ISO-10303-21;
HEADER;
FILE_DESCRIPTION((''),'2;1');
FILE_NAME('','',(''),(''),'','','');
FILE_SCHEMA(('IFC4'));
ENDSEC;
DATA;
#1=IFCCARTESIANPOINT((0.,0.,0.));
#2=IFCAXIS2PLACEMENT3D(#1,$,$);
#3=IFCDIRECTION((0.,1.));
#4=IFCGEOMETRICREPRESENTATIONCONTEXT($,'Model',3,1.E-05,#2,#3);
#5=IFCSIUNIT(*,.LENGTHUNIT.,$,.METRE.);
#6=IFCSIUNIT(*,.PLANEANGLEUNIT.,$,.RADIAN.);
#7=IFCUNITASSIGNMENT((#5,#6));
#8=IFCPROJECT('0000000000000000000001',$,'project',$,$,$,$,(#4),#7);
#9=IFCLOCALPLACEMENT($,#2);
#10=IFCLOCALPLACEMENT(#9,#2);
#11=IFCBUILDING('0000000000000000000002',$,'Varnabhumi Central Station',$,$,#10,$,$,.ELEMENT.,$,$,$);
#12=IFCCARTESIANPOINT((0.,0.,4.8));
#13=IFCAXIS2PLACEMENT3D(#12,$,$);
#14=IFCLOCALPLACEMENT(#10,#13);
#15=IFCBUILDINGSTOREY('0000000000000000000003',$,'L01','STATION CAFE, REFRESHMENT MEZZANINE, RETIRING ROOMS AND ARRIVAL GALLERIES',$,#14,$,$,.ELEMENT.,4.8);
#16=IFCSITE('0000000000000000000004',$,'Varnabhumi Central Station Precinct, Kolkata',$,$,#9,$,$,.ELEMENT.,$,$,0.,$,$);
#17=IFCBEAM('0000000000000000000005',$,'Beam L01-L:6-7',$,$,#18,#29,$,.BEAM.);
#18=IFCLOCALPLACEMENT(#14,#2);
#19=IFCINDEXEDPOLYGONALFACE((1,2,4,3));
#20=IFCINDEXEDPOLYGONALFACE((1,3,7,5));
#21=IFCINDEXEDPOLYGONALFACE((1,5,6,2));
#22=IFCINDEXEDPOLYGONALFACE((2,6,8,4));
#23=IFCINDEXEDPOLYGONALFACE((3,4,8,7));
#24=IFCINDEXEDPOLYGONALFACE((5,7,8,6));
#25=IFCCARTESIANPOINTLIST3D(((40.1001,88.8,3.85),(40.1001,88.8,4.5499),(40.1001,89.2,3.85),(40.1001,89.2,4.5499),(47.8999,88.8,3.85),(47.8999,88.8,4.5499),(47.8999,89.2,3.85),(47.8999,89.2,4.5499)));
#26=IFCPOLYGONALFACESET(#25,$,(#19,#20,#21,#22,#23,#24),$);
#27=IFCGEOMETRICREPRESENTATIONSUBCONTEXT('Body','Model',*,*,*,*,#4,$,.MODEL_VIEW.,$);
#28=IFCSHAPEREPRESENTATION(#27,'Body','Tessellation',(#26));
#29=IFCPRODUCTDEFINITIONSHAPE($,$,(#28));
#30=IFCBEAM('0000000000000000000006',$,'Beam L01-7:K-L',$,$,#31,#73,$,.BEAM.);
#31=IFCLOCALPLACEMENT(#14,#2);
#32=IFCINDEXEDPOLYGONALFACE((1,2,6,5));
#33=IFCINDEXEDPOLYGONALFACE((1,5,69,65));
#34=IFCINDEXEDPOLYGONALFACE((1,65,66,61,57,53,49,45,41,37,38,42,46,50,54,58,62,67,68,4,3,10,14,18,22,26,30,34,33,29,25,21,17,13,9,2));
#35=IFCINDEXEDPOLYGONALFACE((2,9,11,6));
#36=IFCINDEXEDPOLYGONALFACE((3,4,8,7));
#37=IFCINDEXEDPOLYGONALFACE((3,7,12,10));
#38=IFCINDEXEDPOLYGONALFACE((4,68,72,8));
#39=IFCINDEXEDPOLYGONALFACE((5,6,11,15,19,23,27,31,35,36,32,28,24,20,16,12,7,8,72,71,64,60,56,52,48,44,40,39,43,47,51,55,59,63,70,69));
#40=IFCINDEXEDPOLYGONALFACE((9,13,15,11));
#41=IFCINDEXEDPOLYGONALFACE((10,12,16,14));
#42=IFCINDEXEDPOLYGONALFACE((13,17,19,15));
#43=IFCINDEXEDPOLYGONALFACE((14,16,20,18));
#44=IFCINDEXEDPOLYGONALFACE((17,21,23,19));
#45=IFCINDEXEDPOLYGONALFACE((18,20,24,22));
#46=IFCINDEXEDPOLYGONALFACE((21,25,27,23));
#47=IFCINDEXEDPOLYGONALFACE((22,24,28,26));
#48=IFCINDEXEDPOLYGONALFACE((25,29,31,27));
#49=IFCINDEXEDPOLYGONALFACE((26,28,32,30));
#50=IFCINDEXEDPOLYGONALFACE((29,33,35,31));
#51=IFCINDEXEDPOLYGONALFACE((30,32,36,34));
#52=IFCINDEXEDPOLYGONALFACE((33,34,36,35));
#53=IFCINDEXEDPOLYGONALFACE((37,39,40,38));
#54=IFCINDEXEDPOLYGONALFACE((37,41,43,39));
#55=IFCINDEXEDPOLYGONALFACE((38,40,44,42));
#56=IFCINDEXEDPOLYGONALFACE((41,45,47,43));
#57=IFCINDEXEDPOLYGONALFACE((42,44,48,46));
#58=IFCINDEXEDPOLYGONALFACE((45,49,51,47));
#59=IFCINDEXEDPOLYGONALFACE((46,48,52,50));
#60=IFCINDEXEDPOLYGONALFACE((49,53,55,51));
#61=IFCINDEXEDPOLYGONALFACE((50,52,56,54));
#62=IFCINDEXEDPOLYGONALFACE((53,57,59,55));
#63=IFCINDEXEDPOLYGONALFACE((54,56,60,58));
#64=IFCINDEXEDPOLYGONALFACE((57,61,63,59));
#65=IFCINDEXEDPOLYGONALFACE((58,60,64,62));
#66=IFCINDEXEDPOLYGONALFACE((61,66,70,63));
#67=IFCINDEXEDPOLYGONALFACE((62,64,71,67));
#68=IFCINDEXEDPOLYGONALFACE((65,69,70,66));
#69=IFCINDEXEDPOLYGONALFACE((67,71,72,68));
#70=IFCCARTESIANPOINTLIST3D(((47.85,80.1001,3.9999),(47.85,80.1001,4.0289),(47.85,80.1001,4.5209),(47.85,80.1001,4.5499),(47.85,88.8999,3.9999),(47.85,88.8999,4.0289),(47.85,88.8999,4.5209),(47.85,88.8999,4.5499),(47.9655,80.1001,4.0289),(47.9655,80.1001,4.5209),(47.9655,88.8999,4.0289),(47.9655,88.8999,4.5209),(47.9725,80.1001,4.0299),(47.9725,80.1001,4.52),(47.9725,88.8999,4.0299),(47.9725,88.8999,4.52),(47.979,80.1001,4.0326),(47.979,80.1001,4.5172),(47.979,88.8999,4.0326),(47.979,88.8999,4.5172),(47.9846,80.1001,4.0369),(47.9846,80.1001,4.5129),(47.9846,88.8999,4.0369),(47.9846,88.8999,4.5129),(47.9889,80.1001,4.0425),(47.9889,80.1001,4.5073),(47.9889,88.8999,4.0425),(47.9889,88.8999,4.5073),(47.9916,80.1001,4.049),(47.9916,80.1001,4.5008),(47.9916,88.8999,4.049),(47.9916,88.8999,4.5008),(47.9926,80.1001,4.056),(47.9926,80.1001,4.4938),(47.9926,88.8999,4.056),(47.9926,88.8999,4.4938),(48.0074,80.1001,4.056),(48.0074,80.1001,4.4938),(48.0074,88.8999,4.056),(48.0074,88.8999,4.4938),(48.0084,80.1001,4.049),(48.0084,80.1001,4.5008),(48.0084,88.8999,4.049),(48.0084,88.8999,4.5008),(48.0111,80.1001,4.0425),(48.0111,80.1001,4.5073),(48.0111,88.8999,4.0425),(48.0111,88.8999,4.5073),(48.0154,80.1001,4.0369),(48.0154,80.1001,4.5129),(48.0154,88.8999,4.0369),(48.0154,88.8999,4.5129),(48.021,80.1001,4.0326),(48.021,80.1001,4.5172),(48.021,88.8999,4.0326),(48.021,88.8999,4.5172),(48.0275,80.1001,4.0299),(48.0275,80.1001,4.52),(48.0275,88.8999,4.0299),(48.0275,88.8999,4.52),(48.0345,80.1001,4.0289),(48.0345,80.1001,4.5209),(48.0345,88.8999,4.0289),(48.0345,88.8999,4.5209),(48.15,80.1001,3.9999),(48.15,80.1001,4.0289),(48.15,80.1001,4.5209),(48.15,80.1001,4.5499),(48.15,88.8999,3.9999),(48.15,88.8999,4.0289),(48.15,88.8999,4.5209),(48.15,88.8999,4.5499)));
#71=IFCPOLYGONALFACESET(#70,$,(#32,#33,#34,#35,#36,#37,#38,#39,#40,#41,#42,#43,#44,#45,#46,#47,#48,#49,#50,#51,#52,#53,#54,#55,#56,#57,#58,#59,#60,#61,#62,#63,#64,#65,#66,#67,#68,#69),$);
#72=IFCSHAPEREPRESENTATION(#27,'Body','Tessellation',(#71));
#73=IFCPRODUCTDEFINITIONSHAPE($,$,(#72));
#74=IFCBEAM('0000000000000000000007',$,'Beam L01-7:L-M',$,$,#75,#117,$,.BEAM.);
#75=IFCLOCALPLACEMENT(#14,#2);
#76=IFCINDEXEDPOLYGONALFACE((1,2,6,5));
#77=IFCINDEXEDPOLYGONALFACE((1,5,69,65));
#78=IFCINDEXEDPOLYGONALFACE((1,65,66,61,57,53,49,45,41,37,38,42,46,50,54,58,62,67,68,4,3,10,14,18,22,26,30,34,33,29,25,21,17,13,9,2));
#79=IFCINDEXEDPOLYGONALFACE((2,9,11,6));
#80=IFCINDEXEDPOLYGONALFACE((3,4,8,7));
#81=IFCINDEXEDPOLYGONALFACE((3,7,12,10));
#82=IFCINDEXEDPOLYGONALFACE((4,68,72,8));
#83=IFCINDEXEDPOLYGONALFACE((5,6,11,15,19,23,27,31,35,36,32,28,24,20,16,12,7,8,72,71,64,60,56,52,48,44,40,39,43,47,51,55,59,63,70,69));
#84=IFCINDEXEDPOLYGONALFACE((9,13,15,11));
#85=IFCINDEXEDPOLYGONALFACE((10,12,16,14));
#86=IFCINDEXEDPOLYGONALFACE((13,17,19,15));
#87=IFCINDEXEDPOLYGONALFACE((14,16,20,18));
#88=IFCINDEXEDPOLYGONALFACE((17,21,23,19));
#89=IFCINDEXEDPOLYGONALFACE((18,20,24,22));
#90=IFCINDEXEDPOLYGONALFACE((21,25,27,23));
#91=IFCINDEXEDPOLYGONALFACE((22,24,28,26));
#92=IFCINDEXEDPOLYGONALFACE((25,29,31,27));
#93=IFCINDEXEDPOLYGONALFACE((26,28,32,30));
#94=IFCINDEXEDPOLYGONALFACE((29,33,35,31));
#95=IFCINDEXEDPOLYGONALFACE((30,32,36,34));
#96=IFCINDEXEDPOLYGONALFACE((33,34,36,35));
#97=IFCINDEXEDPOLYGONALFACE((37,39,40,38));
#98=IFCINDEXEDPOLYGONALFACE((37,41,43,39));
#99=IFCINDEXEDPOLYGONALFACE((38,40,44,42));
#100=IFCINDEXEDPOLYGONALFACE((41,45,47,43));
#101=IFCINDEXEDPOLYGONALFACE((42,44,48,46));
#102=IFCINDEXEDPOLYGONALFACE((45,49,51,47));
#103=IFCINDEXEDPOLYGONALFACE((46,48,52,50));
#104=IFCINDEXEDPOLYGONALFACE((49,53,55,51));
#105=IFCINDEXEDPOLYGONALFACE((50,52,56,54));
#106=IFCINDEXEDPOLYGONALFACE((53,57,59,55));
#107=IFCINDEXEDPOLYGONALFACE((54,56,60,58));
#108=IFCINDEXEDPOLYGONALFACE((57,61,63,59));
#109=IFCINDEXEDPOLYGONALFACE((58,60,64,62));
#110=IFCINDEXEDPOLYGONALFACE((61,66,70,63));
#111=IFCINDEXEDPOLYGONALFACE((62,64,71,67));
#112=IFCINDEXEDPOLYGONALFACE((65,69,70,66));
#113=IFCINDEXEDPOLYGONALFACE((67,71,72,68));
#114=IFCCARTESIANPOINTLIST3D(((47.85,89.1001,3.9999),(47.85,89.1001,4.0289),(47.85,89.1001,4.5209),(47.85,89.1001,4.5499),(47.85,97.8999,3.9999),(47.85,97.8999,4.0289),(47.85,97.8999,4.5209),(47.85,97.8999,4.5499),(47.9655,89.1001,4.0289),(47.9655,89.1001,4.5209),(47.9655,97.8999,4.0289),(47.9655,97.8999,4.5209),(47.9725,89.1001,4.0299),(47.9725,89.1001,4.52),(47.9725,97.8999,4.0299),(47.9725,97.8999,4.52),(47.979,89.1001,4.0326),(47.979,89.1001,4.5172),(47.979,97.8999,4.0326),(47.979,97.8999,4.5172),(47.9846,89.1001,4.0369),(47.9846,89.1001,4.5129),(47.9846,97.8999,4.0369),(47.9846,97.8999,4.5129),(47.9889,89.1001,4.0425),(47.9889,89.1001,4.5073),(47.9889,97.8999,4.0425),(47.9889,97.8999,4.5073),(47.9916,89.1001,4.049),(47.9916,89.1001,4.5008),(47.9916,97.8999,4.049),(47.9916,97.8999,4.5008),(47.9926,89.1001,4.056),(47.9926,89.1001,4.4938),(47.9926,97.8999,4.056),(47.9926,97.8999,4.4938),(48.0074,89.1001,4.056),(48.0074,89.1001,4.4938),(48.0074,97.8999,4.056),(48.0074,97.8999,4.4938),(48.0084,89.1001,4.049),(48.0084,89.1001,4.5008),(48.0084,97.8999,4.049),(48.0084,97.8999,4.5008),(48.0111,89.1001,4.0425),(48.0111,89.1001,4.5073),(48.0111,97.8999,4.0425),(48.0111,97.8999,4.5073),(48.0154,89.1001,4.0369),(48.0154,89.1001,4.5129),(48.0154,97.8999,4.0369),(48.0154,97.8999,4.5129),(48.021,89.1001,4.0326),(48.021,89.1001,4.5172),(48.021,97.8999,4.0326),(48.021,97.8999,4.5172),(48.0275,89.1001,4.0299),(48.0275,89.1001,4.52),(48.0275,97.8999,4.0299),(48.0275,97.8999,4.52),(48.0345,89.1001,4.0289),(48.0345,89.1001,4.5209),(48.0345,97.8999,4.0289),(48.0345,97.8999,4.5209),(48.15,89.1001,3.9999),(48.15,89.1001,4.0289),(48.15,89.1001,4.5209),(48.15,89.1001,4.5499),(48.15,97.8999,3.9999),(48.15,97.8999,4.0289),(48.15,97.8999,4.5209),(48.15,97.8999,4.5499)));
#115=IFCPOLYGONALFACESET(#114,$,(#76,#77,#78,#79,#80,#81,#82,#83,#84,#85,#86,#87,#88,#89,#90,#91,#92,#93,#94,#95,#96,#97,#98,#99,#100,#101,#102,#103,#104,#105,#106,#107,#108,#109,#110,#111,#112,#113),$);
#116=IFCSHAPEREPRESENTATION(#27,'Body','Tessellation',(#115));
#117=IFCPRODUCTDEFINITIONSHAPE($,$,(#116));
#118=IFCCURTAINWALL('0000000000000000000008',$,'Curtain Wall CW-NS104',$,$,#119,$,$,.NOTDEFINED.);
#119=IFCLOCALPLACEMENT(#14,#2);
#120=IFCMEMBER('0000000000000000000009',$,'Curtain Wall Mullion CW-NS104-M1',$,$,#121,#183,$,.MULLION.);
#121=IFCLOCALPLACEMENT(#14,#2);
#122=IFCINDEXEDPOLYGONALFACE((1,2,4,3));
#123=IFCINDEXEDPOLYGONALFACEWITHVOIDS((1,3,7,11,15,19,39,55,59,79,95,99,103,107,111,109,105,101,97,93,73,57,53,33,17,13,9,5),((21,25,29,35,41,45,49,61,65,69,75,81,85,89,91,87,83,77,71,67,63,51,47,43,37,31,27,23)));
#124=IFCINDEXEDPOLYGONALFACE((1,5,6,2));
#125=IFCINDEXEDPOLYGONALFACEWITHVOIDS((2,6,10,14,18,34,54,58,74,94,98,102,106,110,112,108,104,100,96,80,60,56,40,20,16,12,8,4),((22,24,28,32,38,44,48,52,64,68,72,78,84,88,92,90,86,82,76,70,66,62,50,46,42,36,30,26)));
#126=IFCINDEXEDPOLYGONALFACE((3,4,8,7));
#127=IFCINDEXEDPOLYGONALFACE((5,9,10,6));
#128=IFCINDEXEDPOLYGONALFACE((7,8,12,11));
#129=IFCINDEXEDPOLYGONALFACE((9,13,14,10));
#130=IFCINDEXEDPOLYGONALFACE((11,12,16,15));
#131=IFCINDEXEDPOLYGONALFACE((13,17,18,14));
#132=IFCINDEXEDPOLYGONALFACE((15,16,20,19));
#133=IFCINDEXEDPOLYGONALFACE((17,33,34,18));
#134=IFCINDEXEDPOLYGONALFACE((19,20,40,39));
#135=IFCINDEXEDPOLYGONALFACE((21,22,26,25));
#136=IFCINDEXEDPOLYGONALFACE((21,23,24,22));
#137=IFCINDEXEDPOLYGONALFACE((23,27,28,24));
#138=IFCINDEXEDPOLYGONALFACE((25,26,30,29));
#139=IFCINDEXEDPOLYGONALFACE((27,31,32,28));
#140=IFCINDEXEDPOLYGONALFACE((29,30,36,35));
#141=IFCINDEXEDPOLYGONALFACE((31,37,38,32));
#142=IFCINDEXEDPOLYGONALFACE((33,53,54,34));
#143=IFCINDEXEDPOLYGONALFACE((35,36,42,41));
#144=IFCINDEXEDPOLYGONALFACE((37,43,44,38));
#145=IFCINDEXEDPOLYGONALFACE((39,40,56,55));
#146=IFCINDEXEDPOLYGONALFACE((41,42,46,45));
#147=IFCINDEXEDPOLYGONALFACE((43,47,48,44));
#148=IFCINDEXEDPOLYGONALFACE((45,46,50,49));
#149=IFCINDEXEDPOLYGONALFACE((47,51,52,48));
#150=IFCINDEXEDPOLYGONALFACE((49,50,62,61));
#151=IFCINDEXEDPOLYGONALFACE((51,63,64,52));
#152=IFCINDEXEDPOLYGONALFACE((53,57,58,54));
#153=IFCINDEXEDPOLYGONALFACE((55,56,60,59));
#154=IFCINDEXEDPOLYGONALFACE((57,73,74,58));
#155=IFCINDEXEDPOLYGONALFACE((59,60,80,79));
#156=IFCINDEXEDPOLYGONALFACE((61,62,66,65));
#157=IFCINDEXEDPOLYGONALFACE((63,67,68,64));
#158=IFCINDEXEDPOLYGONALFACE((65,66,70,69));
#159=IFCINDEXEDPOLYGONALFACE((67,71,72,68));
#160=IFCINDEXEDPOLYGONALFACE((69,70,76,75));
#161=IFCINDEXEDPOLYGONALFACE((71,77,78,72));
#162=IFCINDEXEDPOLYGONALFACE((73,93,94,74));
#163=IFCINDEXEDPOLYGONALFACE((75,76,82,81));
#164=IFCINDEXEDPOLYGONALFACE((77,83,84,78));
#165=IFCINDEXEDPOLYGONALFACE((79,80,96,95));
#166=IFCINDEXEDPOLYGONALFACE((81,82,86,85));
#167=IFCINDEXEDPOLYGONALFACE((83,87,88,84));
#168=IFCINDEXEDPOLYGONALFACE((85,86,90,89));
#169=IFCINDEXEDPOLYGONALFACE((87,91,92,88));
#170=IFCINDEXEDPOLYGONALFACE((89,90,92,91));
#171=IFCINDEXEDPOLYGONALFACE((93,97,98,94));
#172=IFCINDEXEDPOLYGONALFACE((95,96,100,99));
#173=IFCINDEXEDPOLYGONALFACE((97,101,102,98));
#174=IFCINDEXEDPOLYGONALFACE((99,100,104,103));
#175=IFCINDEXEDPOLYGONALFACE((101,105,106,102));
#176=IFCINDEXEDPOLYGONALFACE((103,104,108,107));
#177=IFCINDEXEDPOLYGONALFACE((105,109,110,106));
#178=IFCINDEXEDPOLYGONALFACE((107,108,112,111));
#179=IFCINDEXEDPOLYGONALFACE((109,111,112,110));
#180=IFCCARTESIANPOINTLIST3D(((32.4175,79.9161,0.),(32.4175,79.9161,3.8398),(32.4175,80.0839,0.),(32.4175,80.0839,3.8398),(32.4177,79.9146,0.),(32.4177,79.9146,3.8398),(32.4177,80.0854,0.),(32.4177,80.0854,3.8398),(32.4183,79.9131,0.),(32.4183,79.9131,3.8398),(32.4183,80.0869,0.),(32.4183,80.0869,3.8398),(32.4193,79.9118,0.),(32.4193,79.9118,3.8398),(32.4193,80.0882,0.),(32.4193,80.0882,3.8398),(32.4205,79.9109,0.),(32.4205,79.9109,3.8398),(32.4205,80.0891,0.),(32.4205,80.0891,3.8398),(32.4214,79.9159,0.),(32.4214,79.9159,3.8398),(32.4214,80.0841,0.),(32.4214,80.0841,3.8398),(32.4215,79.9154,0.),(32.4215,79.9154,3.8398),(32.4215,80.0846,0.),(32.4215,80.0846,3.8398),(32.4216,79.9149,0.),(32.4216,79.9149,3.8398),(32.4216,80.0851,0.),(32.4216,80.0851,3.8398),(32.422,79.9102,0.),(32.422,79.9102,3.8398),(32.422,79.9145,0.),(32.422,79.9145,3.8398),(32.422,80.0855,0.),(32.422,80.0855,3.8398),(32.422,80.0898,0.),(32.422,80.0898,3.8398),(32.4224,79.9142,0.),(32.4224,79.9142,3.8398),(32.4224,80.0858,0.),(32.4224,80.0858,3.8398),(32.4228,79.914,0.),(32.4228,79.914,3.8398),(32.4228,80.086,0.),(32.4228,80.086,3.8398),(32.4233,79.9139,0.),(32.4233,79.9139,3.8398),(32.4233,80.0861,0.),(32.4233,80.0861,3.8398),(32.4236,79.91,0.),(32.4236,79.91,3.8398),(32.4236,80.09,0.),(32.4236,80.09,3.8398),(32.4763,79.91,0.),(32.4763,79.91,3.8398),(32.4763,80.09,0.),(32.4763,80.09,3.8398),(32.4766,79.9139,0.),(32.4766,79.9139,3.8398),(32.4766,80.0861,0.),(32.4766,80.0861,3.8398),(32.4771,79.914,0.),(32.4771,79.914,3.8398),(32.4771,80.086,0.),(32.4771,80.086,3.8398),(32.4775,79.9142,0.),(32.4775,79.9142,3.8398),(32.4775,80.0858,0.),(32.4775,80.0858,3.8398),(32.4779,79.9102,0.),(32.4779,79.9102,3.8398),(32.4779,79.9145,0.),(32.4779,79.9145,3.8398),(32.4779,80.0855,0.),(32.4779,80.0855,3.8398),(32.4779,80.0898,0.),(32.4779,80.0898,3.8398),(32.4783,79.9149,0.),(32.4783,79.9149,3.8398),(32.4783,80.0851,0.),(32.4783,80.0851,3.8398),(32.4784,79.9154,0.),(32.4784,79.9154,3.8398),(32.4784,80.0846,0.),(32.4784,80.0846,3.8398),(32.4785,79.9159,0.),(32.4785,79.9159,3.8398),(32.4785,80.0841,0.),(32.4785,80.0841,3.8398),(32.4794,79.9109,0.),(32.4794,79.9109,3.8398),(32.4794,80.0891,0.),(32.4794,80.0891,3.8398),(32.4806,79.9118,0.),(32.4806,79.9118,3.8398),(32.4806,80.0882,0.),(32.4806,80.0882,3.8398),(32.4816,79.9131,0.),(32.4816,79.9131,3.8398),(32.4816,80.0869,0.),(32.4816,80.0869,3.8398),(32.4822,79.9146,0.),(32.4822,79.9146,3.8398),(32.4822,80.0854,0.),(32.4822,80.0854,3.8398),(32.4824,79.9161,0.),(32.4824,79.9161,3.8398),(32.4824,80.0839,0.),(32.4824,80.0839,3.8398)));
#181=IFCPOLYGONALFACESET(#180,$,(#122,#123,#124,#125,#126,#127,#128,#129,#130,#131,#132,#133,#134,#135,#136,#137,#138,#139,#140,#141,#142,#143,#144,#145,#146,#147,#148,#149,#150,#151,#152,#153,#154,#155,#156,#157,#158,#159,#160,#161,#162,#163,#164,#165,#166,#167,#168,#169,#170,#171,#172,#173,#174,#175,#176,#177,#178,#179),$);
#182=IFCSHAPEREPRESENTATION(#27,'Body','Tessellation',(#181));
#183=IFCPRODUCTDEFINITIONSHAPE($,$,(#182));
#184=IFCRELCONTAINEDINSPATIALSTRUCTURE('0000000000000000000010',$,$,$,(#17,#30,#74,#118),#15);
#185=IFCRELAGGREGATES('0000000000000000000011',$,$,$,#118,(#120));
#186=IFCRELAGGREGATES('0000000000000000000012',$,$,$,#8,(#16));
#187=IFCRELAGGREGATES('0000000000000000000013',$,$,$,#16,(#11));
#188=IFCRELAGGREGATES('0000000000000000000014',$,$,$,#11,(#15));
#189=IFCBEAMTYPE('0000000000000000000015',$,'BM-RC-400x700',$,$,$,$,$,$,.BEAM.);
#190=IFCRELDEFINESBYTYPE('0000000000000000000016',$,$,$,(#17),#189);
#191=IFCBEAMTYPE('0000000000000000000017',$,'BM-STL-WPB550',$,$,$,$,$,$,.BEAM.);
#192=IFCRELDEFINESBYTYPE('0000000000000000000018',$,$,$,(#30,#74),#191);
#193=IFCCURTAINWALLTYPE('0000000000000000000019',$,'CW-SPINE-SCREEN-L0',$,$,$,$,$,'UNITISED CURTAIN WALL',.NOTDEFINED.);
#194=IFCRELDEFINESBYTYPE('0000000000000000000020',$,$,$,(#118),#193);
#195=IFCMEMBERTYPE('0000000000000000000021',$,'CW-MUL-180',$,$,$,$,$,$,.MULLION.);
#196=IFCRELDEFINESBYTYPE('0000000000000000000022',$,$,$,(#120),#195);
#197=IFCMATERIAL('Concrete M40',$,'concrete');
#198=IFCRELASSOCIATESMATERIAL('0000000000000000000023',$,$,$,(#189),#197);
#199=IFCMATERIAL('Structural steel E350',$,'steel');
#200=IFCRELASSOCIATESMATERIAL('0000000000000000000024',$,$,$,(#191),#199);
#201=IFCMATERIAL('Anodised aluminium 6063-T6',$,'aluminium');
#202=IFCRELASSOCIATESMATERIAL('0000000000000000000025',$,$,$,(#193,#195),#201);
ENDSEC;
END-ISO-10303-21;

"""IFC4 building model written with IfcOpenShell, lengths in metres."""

from ifc_helpers import new_model, si_unit, direction, frame, origin, origin_2d, place, context, subcontext, project, spatial, rectangle, hollow_rectangle, i_section, extrude, material, material_profile, profile_set, type_object, element, aggregate, save


model = new_model("IFC4")

# Units and contexts
model_context = context("Model", 3, precision=1e-05, world=origin(), true_north=direction((0.0, 1.0)))
body_context = subcontext(model_context, "Body", "Model", "MODEL_VIEW")
ifc_project = project(units=[si_unit("LENGTHUNIT", "METRE"), si_unit("PLANEANGLEUNIT", "RADIAN")], contexts=[model_context])

# Site, building, storey
site_placement = place(None, origin())
site = spatial("IfcSite", under=ifc_project, at=site_placement, Name="Varnabhumi Central Station Precinct, Kolkata", CompositionType="ELEMENT", RefElevation=0.0)
building_placement = place(site_placement, origin())
building = spatial("IfcBuilding", under=site, at=building_placement, Name="Varnabhumi Central Station", CompositionType="ELEMENT")
storey_placement = place(building_placement, frame((0.0, 0.0, 4.8)))
storey = spatial("IfcBuildingStorey", under=building, at=storey_placement, Name="L01", Description="STATION CAFE, REFRESHMENT MEZZANINE, RETIRING ROOMS AND ARRIVAL GALLERIES", CompositionType="ELEMENT", Elevation=4.8)

# Shared definitions
ifc_material_1 = material(Name="Concrete M40", Category="concrete")

# Beams
ifc_material_profile_1 = material_profile(ifc_material_1, rectangle(XDim=0.3999, YDim=0.7, at=origin_2d()), Name="Concrete M40", Category="concrete")
ifc_profile_set_1 = profile_set([ifc_material_profile_1], Name="Concrete M40")
beam_type_1 = type_object("IfcBeamType", Name="BM-RC-400x700", PredefinedType="BEAM", material=ifc_profile_set_1)
for number, where, z_axis, x_axis, name in (
    (1, (40.1001, 89.0, 4.2), (1.0, 0.0, 0.0), (0.0, 1.0, 0.0), "Beam L01-L:6-7"),
):
    element("IfcBeam", number, at=place(storey_placement, frame(where, z_axis=z_axis, x_axis=x_axis)), inside=storey, type_object=beam_type_1, Name=name, PredefinedType="BEAM", context=body_context, shape_type="SweptSolid", body=[
        extrude(rectangle(XDim=0.3999, YDim=0.7, at=origin_2d()), origin(), (0.0, 0.0, 1.0), 7.7998),
    ])
ifc_material_2 = material(Name="Structural steel E350", Category="steel")
ifc_material_profile_2 = material_profile(ifc_material_2, i_section(OverallWidth=0.3, OverallDepth=0.55, WebThickness=0.0149, FlangeThickness=0.0291, FilletRadius=0.0271, at=origin_2d()), Name="Structural steel E350", Category="steel")
ifc_profile_set_2 = profile_set([ifc_material_profile_2], Name="Structural steel E350")
beam_type_2 = type_object("IfcBeamType", Name="BM-STL-WPB550", PredefinedType="BEAM", material=ifc_profile_set_2)
for number, where, z_axis, x_axis, name in (
    (2, (48.0, 80.1001, 4.2749), (0.0, 1.0, 0.0), (-1.0, 0.0, 0.0), "Beam L01-7:K-L"),
    (3, (48.0, 89.1001, 4.2749), (0.0, 1.0, 0.0), (-1.0, 0.0, 0.0), "Beam L01-7:L-M"),
):
    element("IfcBeam", number, at=place(storey_placement, frame(where, z_axis=z_axis, x_axis=x_axis)), inside=storey, type_object=beam_type_2, Name=name, PredefinedType="BEAM", context=body_context, shape_type="SweptSolid", body=[
        extrude(i_section(OverallWidth=0.3, OverallDepth=0.55, WebThickness=0.0149, FlangeThickness=0.0291, FilletRadius=0.0271, at=origin_2d()), origin(), (0.0, 0.0, 1.0), 8.7998),
    ])

# Curtain wall, member
ifc_material_3 = material(Name="Anodised aluminium 6063-T6", Category="aluminium")
curtain_wall_type_1 = type_object("IfcCurtainWallType", Name="CW-SPINE-SCREEN-L0", ElementType="UNITISED CURTAIN WALL", PredefinedType="NOTDEFINED", material=ifc_material_3)
curtain_wall_1_placement = place(storey_placement, origin())
curtain_wall_1 = element("IfcCurtainWall", 4, at=curtain_wall_1_placement, inside=storey, type_object=curtain_wall_type_1, Name="Curtain Wall CW-NS104", PredefinedType="NOTDEFINED")
ifc_material_profile_3 = material_profile(ifc_material_3, hollow_rectangle(XDim=0.0649, YDim=0.1799, WallThickness=0.0039, InnerFilletRadius=0.002, OuterFilletRadius=0.0061, at=origin_2d()), Name="Anodised aluminium 6063-T6", Category="aluminium")
ifc_profile_set_3 = profile_set([ifc_material_profile_3], Name="Anodised aluminium 6063-T6")
member_type_1 = type_object("IfcMemberType", Name="CW-MUL-180", PredefinedType="MULLION", material=ifc_profile_set_3)
member_1_placement = place(storey_placement, frame((32.45, 80.0, 0.0), z_axis=(0.0, 0.0, 1.0), x_axis=(1.0, 0.0, 0.0)))
member_1 = element("IfcMember", 5, at=member_1_placement, type_object=member_type_1, Name="Curtain Wall Mullion CW-NS104-M1", PredefinedType="MULLION", context=body_context, shape_type="SweptSolid", body=[
    extrude(hollow_rectangle(XDim=0.0649, YDim=0.1799, WallThickness=0.0039, InnerFilletRadius=0.002, OuterFilletRadius=0.0061, at=origin_2d()), origin(), (0.0, 0.0, 1.0), 3.8398),
])

aggregate(curtain_wall_1, [member_1])

save(model, "model.ifc")
